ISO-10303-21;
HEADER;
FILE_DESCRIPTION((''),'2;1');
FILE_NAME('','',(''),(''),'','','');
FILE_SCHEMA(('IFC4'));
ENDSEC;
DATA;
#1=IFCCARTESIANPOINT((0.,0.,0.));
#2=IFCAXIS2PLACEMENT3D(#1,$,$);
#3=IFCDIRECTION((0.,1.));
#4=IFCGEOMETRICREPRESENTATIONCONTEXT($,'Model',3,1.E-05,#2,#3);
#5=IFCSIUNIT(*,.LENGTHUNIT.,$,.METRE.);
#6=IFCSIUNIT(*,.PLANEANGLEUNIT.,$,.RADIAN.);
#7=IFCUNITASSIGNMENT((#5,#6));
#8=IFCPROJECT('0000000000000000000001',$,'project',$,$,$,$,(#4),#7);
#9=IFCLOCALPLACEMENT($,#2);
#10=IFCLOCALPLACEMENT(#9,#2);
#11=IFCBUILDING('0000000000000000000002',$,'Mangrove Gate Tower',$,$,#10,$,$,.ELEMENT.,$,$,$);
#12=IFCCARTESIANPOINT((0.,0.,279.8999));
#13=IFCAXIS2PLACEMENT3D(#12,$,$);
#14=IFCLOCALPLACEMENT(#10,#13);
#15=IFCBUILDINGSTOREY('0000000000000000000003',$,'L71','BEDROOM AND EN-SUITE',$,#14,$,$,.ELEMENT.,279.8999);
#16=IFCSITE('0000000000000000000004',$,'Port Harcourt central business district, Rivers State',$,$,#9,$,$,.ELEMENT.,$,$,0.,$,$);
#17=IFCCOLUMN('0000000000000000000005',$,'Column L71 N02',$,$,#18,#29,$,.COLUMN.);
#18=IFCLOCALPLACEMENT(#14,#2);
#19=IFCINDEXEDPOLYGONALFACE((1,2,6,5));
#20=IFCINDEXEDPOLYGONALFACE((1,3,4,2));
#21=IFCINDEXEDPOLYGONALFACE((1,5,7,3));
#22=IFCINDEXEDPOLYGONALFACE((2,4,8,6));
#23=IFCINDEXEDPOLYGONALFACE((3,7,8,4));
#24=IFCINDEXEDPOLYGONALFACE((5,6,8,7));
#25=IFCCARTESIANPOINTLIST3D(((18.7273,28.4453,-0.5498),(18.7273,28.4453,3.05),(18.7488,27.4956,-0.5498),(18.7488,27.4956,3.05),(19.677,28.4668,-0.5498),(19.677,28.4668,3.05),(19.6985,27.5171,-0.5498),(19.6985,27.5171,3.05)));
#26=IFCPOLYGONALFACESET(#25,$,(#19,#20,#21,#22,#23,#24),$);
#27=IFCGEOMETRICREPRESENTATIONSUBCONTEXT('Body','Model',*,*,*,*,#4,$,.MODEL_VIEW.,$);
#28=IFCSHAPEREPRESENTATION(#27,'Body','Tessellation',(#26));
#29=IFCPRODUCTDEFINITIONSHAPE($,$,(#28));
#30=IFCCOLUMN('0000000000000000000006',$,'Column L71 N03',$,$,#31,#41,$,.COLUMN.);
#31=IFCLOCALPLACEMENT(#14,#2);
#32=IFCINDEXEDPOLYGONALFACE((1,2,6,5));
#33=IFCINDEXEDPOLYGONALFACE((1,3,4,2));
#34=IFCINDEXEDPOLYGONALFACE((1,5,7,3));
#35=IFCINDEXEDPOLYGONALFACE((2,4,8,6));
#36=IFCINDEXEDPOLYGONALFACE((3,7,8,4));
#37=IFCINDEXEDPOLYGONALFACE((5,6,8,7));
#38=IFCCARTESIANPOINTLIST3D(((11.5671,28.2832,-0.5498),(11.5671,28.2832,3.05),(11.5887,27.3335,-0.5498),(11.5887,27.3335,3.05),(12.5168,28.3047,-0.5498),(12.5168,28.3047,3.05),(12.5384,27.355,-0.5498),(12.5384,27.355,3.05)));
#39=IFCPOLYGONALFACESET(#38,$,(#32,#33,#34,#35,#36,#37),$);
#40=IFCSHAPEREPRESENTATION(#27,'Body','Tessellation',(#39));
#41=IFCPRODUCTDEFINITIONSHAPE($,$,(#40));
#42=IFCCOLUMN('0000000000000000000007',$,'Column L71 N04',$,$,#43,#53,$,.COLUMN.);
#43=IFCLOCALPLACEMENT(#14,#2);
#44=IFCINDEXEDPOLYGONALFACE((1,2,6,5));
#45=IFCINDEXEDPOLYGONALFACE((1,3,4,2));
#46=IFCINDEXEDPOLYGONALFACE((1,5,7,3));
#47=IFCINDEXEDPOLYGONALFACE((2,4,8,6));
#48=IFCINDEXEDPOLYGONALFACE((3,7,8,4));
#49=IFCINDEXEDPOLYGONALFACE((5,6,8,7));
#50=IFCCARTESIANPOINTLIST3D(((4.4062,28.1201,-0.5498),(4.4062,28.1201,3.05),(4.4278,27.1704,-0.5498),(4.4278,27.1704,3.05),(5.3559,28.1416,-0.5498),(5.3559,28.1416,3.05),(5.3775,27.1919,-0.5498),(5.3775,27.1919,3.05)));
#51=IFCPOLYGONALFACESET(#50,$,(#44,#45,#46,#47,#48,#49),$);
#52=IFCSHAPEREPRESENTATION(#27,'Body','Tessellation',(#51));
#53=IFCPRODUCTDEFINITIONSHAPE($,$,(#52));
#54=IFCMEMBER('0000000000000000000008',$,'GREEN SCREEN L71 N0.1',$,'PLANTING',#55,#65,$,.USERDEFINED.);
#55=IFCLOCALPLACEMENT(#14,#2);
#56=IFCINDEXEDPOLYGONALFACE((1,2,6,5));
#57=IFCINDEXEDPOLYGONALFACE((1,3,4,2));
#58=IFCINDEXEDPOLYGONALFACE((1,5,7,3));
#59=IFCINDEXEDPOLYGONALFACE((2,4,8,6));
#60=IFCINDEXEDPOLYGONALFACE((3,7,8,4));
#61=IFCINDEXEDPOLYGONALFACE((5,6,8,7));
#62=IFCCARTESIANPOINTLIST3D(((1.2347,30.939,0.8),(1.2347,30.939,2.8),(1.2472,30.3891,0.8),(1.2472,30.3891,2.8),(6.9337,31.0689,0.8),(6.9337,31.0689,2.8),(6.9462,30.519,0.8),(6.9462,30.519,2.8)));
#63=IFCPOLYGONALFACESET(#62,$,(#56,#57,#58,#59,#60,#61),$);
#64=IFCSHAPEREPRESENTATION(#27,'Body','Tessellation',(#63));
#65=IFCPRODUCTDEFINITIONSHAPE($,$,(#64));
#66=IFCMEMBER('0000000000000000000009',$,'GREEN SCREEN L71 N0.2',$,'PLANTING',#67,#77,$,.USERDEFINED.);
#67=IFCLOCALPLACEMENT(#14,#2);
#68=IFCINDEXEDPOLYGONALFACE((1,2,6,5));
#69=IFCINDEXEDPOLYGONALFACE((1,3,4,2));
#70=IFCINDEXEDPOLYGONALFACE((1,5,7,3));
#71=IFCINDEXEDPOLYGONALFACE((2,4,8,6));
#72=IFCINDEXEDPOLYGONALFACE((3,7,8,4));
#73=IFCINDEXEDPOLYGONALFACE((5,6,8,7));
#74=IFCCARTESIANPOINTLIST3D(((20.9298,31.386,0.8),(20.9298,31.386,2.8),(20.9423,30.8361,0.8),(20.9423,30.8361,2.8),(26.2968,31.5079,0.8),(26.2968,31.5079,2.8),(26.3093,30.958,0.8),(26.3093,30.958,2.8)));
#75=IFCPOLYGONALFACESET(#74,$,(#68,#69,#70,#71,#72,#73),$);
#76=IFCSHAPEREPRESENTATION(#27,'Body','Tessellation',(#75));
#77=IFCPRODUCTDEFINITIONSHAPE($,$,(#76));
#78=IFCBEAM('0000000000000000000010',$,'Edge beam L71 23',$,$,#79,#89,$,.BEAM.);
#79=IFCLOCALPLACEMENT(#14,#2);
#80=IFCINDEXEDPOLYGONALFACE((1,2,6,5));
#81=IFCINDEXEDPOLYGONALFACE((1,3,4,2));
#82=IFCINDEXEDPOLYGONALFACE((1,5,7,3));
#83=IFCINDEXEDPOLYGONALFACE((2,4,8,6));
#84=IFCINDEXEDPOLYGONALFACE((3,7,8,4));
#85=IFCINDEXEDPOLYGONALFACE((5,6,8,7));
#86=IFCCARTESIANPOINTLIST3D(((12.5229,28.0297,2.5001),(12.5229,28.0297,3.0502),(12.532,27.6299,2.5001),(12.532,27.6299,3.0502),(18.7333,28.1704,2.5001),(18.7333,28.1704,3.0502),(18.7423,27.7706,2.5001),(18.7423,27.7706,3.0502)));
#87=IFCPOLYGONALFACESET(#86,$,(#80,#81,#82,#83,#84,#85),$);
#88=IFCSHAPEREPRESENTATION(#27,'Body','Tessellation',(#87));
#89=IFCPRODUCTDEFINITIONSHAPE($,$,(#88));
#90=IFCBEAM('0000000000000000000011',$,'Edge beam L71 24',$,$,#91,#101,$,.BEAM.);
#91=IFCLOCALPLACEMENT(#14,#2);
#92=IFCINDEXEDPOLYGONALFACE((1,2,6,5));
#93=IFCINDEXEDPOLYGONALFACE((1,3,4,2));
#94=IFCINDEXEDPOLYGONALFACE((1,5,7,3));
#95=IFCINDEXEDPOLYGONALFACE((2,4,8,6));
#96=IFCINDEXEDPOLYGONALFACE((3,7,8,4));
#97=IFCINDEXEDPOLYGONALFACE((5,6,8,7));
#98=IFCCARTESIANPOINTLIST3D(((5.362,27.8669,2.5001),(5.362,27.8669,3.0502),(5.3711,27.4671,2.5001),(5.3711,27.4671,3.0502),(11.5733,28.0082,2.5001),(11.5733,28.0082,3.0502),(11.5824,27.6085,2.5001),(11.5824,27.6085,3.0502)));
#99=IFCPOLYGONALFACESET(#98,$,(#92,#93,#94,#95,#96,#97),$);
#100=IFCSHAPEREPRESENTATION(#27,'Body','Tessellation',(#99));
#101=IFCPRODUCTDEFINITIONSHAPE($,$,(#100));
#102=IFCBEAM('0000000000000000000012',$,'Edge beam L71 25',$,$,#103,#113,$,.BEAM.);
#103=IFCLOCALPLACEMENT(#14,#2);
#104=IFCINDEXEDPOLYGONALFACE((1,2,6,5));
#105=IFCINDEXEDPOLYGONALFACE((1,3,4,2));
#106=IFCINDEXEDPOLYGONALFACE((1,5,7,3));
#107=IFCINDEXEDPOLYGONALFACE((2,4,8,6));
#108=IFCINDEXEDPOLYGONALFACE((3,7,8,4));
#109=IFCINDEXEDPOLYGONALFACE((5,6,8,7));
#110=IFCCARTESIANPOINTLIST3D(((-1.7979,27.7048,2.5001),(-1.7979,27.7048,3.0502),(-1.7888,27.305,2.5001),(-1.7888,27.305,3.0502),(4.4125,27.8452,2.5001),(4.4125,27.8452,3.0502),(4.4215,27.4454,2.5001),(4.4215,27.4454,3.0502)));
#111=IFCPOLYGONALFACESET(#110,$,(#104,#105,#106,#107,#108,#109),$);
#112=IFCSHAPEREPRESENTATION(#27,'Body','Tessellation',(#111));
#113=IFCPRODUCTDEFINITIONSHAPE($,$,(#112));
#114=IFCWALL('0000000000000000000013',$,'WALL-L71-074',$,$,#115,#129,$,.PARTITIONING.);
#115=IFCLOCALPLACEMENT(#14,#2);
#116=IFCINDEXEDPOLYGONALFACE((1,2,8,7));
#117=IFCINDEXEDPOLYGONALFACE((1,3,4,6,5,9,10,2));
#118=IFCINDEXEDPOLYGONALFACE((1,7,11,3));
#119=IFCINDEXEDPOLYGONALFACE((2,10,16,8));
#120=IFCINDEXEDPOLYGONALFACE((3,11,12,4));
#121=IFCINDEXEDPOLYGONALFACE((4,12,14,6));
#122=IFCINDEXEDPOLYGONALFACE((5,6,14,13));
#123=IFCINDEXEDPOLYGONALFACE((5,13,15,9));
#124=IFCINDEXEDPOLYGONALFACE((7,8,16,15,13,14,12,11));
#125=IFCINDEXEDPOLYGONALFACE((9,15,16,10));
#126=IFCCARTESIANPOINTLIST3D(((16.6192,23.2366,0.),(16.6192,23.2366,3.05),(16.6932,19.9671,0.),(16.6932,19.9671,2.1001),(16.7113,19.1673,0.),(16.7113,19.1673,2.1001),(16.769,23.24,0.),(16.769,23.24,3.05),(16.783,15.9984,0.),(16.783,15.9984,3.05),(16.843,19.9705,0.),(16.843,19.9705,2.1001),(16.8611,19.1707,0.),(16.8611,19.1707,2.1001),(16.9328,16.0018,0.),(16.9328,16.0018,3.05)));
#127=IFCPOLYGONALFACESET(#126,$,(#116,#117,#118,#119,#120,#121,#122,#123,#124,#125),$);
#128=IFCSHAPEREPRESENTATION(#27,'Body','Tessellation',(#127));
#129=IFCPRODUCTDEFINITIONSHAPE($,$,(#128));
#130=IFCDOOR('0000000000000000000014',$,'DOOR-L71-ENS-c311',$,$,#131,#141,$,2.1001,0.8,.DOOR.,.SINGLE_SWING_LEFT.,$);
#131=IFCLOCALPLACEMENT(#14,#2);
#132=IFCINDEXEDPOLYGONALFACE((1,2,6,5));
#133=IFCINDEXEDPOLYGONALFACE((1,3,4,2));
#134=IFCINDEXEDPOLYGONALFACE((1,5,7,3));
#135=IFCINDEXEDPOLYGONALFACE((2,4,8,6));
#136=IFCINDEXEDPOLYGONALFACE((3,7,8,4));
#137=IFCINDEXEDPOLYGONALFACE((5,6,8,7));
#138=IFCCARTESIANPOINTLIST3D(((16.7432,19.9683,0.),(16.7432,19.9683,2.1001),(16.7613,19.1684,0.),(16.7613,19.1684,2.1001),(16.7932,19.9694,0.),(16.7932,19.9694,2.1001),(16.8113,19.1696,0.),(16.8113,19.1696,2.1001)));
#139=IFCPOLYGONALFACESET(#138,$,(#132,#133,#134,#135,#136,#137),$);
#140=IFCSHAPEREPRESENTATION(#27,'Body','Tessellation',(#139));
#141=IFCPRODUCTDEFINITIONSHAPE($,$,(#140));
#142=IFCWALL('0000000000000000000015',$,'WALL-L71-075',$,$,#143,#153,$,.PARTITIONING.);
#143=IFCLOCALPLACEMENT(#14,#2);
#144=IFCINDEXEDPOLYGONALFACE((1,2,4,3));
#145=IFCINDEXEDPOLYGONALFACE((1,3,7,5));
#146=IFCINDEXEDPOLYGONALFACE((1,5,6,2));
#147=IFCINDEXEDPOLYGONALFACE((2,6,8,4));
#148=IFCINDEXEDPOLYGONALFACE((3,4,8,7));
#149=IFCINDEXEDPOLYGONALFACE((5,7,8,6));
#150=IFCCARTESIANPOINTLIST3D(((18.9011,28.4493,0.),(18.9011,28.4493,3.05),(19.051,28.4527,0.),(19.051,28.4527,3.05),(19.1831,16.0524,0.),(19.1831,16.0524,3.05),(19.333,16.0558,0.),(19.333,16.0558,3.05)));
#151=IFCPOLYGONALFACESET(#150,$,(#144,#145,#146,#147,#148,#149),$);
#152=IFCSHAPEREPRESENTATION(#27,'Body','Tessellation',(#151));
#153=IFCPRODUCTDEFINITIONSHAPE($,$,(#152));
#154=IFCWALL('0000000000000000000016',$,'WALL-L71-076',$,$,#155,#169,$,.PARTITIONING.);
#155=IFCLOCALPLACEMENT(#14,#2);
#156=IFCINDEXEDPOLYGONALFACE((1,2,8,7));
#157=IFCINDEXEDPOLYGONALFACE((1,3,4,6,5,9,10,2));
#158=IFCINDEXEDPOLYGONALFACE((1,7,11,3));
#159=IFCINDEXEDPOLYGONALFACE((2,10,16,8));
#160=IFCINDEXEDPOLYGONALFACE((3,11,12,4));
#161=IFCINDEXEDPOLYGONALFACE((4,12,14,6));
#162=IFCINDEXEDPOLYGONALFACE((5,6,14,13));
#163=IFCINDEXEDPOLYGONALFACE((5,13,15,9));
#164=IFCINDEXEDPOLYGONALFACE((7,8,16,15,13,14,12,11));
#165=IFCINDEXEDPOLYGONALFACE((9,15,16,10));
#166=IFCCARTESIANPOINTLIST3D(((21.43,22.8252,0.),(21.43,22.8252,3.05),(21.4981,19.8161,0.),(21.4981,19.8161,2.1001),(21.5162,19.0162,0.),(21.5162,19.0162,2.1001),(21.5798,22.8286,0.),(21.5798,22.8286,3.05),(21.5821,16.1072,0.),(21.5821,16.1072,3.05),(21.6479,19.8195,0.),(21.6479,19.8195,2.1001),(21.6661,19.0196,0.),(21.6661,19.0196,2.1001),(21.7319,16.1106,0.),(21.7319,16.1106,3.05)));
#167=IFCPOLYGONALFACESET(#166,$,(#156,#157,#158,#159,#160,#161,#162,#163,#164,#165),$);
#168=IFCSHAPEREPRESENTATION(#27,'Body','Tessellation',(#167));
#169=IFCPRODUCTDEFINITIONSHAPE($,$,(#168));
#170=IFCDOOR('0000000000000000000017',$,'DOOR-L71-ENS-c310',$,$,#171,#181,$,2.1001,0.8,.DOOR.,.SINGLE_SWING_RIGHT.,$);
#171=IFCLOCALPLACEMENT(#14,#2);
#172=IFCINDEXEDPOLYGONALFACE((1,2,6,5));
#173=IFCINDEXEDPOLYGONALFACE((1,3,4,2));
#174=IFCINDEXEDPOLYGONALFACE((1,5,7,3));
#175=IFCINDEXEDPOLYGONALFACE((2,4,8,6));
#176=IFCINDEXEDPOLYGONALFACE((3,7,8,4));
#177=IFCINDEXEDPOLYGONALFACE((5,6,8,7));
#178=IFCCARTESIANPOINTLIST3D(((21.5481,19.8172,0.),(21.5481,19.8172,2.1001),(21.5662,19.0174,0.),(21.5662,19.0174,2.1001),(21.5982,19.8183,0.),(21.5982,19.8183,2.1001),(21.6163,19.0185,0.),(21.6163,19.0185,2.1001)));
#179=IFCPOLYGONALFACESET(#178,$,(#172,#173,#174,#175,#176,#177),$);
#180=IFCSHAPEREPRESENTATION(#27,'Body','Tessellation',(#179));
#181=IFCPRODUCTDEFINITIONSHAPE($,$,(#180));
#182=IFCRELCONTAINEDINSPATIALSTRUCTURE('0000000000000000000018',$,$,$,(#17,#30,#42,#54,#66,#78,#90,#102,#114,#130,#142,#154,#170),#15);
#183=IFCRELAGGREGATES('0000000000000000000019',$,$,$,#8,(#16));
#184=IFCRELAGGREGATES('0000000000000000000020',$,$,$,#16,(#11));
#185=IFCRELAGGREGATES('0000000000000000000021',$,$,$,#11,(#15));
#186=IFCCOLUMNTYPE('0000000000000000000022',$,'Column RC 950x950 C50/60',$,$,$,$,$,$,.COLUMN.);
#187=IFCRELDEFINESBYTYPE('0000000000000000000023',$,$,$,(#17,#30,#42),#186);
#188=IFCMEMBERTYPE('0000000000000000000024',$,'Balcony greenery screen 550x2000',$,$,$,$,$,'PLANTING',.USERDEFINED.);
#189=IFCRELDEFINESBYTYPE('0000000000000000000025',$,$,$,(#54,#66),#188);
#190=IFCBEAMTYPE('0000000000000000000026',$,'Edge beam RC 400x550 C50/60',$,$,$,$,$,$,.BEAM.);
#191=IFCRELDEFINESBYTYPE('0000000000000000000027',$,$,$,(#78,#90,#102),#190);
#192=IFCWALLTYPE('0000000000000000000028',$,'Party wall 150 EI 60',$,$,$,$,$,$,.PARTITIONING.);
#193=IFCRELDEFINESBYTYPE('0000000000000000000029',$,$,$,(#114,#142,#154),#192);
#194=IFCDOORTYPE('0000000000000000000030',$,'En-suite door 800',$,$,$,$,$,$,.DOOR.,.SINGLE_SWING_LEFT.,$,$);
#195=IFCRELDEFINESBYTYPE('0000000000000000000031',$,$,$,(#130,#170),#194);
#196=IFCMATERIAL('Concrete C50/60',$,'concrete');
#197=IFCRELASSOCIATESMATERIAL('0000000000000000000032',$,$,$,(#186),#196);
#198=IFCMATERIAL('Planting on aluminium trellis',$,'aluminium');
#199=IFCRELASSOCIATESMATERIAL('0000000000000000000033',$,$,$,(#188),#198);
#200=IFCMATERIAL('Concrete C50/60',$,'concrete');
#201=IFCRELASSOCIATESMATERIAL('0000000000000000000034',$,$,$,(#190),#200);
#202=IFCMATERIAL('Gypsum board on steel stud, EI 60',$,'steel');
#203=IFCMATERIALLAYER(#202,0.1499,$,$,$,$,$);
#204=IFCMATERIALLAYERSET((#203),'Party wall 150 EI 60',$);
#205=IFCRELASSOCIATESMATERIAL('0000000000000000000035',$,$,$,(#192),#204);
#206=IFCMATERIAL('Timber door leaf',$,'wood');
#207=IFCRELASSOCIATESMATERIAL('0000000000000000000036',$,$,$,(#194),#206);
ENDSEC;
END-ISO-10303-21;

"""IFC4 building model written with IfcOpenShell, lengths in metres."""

from ifc_helpers import new_model, si_unit, direction, frame, frame_2d, origin, origin_2d, place, context, subcontext, project, spatial, rectangle, extrude, material, layer, layer_set, material_profile, profile_set, type_object, element, fill, save


model = new_model("IFC4")

# Units and contexts
model_context = context("Model", 3, precision=1e-05, world=origin(), true_north=direction((0.0, 1.0)))
body_context = subcontext(model_context, "Body", "Model", "MODEL_VIEW")
ifc_project = project(units=[si_unit("LENGTHUNIT", "METRE"), si_unit("PLANEANGLEUNIT", "RADIAN")], contexts=[model_context])

# Site, building, storey
site_placement = place(None, origin())
site = spatial("IfcSite", under=ifc_project, at=site_placement, Name="Port Harcourt central business district, Rivers State", CompositionType="ELEMENT", RefElevation=0.0)
building_placement = place(site_placement, origin())
building = spatial("IfcBuilding", under=site, at=building_placement, Name="Mangrove Gate Tower", CompositionType="ELEMENT")
storey_placement = place(building_placement, frame((0.0, 0.0, 279.8999)))
storey = spatial("IfcBuildingStorey", under=building, at=storey_placement, Name="L71", Description="BEDROOM AND EN-SUITE", CompositionType="ELEMENT", Elevation=279.8999)

# Columns
ifc_material_1 = material(Name="Concrete C50/60", Category="concrete")
ifc_material_profile_1 = material_profile(ifc_material_1, rectangle(XDim=0.95, YDim=0.95, at=origin_2d()))
ifc_profile_set_1 = profile_set([ifc_material_profile_1], Name="Concrete C50/60")
column_type = type_object("IfcColumnType", Name="Column RC 950x950 C50/60", PredefinedType="COLUMN", material=ifc_profile_set_1)
for number, where, z_axis, x_axis, name in (
    (1, (19.2129, 27.9812, -0.5498), (0.0, 0.0, 1.0), (-0.999743, -0.022688, 0.0), "Column L71 N02"),
    (2, (12.0527, 27.8191, -0.5498), (0.0, 0.0, 1.0), (-0.999743, -0.022688, 0.0), "Column L71 N03"),
    (3, (4.8918, 27.656, -0.5498), (0.0, 0.0, 1.0), (-0.999743, -0.022688, 0.0), "Column L71 N04"),
):
    element("IfcColumn", number, at=place(storey_placement, frame(where, z_axis=z_axis, x_axis=x_axis)), inside=storey, type_object=column_type, Name=name, PredefinedType="COLUMN", context=body_context, shape_type="SweptSolid", body=[
        extrude(rectangle(XDim=0.95, YDim=0.95, at=origin_2d()), origin(), (0.0, 0.0, 1.0), 3.5999),
    ])

# Members
ifc_material_2 = material(Name="Planting on aluminium trellis", Category="aluminium")
ifc_material_profile_2 = material_profile(ifc_material_2, rectangle(XDim=0.55, YDim=2.0, at=origin_2d()))
ifc_profile_set_2 = profile_set([ifc_material_profile_2], Name="Planting on aluminium trellis")
member_type = type_object("IfcMemberType", Name="Balcony greenery screen 550x2000", ElementType="PLANTING", PredefinedType="USERDEFINED", material=ifc_profile_set_2)
member_1_placement = place(storey_placement, frame((1.241, 30.6641, 1.8), z_axis=(0.99974, 0.022785, 0.0), x_axis=(-0.022785, 0.99974, 0.0)))
element("IfcMember", 4, at=member_1_placement, inside=storey, type_object=member_type, Name="GREEN SCREEN L71 N0.1", ObjectType="PLANTING", PredefinedType="USERDEFINED", context=body_context, shape_type="SweptSolid", body=[
    extrude(rectangle(XDim=0.55, YDim=2.0, at=origin_2d()), origin(), (0.0, 0.0, 1.0), 5.7004),
])
member_2_placement = place(storey_placement, frame((20.936, 31.1111, 1.8), z_axis=(0.999742, 0.022694, 0.0), x_axis=(-0.022694, 0.999742, 0.0)))
element("IfcMember", 5, at=member_2_placement, inside=storey, type_object=member_type, Name="GREEN SCREEN L71 N0.2", ObjectType="PLANTING", PredefinedType="USERDEFINED", context=body_context, shape_type="SweptSolid", body=[
    extrude(rectangle(XDim=0.55, YDim=2.0, at=origin_2d()), origin(), (0.0, 0.0, 1.0), 5.3684),
])

# Beams
ifc_material_3 = material(Name="Concrete C50/60", Category="concrete")
ifc_material_profile_3 = material_profile(ifc_material_3, rectangle(XDim=0.3999, YDim=0.55, at=origin_2d()))
ifc_profile_set_3 = profile_set([ifc_material_profile_3], Name="Concrete C50/60")
beam_type = type_object("IfcBeamType", Name="Edge beam RC 400x550 C50/60", PredefinedType="BEAM", material=ifc_profile_set_3)
beam_1_placement = place(storey_placement, frame((18.7378, 27.9705, 2.7751), z_axis=(-0.999744, -0.022638, 0.0), x_axis=(0.022638, -0.999744, 0.0)))
element("IfcBeam", 6, at=beam_1_placement, inside=storey, type_object=beam_type, Name="Edge beam L71 23", PredefinedType="BEAM", context=body_context, shape_type="SweptSolid", body=[
    extrude(rectangle(XDim=0.3999, YDim=0.55, at=origin_2d()), origin(), (0.0, 0.0, 1.0), 6.2119),
])
beam_2_placement = place(storey_placement, frame((11.5779, 27.8083, 2.7751), z_axis=(-0.999741, -0.022753, 0.0), x_axis=(0.022753, -0.999741, 0.0)))
element("IfcBeam", 7, at=beam_2_placement, inside=storey, type_object=beam_type, Name="Edge beam L71 24", PredefinedType="BEAM", context=body_context, shape_type="SweptSolid", body=[
    extrude(rectangle(XDim=0.3999, YDim=0.55, at=origin_2d()), origin(), (0.0, 0.0, 1.0), 6.2129),
])
beam_3_placement = place(storey_placement, frame((4.417, 27.6453, 2.7751), z_axis=(-0.999745, -0.022598, 0.0), x_axis=(0.022598, -0.999745, 0.0)))
element("IfcBeam", 8, at=beam_3_placement, inside=storey, type_object=beam_type, Name="Edge beam L71 25", PredefinedType="BEAM", context=body_context, shape_type="SweptSolid", body=[
    extrude(rectangle(XDim=0.3999, YDim=0.55, at=origin_2d()), origin(), (0.0, 0.0, 1.0), 6.2119),
])

# Wall, opening, door
ifc_material_4 = material(Name="Gypsum board on steel stud, EI 60", Category="steel")
ifc_layer_1 = layer(ifc_material_4, 0.1499)
ifc_layer_set_1 = layer_set([ifc_layer_1], Name="Party wall 150 EI 60")
wall_type_1 = type_object("IfcWallType", Name="Party wall 150 EI 60", PredefinedType="PARTITIONING", material=ifc_layer_set_1)
wall_1_placement = place(storey_placement, frame((16.8579, 16.0, 0.0), z_axis=(0.0, 0.0, 1.0), x_axis=(-0.022627, 0.999744, 0.0)))
wall_1 = element("IfcWall", 9, at=wall_1_placement, inside=storey, type_object=wall_type_1, Name="WALL-L71-074", PredefinedType="PARTITIONING", context=body_context, shape_type="SweptSolid", body=[
    extrude(rectangle(XDim=7.24, YDim=0.1499, at=frame_2d((3.6201, 0.0))), origin(), (0.0, 0.0, 1.0), 3.05),
])
opening_1_placement = place(wall_1_placement, frame((3.1699, 0.0, 0.0)))
opening_1 = element("IfcOpeningElement", 10, at=opening_1_placement, cuts=wall_1, PredefinedType="OPENING", context=body_context, shape_type="SweptSolid", body=[
    extrude(rectangle(XDim=0.8, YDim=2.1001, at=frame_2d((0.3999, 1.05))), frame((0.0, 0.085, 0.0), z_axis=(0.0, -1.0, 0.0), x_axis=(1.0, 0.0, 0.0)), (0.0, 0.0, 1.0), 0.1699),
])
ifc_material_5 = material(Name="Timber door leaf", Category="wood")
door_type = type_object("IfcDoorType", Name="En-suite door 800", OperationType="SINGLE_SWING_LEFT", PredefinedType="DOOR", material=ifc_material_5)
door_1_placement = place(opening_1_placement, origin())
door_1 = element("IfcDoor", 11, at=door_1_placement, inside=storey, type_object=door_type, Name="DOOR-L71-ENS-c311", OperationType="SINGLE_SWING_LEFT", OverallHeight=2.1001, OverallWidth=0.8, PredefinedType="DOOR", context=body_context, shape_type="SweptSolid", body=[
    extrude(rectangle(XDim=0.8, YDim=2.1001, at=frame_2d((0.3999, 1.05))), frame((0.0, 0.0249, 0.0), z_axis=(0.0, -1.0, 0.0), x_axis=(1.0, 0.0, 0.0)), (0.0, 0.0, 1.0), 0.05),
])
fill(opening_1, door_1)

# Wall
wall_2_placement = place(storey_placement, frame((19.2581, 16.054, 0.0), z_axis=(0.0, 0.0, 1.0), x_axis=(-0.02274, 0.999741, 0.0)))
element("IfcWall", 12, at=wall_2_placement, inside=storey, type_object=wall_type_1, Name="WALL-L71-075", PredefinedType="PARTITIONING", context=body_context, shape_type="SweptSolid", body=[
    extrude(rectangle(XDim=12.4001, YDim=0.1499, at=frame_2d((6.2002, 0.0))), origin(), (0.0, 0.0, 1.0), 3.05),
])

# Wall, opening, door
wall_3_placement = place(storey_placement, frame((21.657, 16.1089, 0.0), z_axis=(0.0, 0.0, 1.0), x_axis=(-0.022635, 0.999744, 0.0)))
wall_3 = element("IfcWall", 13, at=wall_3_placement, inside=storey, type_object=wall_type_1, Name="WALL-L71-076", PredefinedType="PARTITIONING", context=body_context, shape_type="SweptSolid", body=[
    extrude(rectangle(XDim=6.7197, YDim=0.1499, at=frame_2d((3.3599, 0.0))), origin(), (0.0, 0.0, 1.0), 3.05),
])
opening_2_placement = place(wall_3_placement, frame((2.9099, 0.0, 0.0)))
opening_2 = element("IfcOpeningElement", 14, at=opening_2_placement, cuts=wall_3, PredefinedType="OPENING", context=body_context, shape_type="SweptSolid", body=[
    extrude(rectangle(XDim=0.8, YDim=2.1001, at=frame_2d((0.3999, 1.05))), frame((0.0, 0.085, 0.0), z_axis=(0.0, -1.0, 0.0), x_axis=(1.0, 0.0, 0.0)), (0.0, 0.0, 1.0), 0.1699),
])
door_2_placement = place(opening_2_placement, origin())
door_2 = element("IfcDoor", 15, at=door_2_placement, inside=storey, type_object=door_type, Name="DOOR-L71-ENS-c310", OperationType="SINGLE_SWING_RIGHT", OverallHeight=2.1001, OverallWidth=0.8, PredefinedType="DOOR", context=body_context, shape_type="SweptSolid", body=[
    extrude(rectangle(XDim=0.8, YDim=2.1001, at=frame_2d((0.3999, 1.05))), frame((0.0, 0.0249, 0.0), z_axis=(0.0, -1.0, 0.0), x_axis=(1.0, 0.0, 0.0)), (0.0, 0.0, 1.0), 0.05),
])
fill(opening_2, door_2)

save(model, "model.ifc")
